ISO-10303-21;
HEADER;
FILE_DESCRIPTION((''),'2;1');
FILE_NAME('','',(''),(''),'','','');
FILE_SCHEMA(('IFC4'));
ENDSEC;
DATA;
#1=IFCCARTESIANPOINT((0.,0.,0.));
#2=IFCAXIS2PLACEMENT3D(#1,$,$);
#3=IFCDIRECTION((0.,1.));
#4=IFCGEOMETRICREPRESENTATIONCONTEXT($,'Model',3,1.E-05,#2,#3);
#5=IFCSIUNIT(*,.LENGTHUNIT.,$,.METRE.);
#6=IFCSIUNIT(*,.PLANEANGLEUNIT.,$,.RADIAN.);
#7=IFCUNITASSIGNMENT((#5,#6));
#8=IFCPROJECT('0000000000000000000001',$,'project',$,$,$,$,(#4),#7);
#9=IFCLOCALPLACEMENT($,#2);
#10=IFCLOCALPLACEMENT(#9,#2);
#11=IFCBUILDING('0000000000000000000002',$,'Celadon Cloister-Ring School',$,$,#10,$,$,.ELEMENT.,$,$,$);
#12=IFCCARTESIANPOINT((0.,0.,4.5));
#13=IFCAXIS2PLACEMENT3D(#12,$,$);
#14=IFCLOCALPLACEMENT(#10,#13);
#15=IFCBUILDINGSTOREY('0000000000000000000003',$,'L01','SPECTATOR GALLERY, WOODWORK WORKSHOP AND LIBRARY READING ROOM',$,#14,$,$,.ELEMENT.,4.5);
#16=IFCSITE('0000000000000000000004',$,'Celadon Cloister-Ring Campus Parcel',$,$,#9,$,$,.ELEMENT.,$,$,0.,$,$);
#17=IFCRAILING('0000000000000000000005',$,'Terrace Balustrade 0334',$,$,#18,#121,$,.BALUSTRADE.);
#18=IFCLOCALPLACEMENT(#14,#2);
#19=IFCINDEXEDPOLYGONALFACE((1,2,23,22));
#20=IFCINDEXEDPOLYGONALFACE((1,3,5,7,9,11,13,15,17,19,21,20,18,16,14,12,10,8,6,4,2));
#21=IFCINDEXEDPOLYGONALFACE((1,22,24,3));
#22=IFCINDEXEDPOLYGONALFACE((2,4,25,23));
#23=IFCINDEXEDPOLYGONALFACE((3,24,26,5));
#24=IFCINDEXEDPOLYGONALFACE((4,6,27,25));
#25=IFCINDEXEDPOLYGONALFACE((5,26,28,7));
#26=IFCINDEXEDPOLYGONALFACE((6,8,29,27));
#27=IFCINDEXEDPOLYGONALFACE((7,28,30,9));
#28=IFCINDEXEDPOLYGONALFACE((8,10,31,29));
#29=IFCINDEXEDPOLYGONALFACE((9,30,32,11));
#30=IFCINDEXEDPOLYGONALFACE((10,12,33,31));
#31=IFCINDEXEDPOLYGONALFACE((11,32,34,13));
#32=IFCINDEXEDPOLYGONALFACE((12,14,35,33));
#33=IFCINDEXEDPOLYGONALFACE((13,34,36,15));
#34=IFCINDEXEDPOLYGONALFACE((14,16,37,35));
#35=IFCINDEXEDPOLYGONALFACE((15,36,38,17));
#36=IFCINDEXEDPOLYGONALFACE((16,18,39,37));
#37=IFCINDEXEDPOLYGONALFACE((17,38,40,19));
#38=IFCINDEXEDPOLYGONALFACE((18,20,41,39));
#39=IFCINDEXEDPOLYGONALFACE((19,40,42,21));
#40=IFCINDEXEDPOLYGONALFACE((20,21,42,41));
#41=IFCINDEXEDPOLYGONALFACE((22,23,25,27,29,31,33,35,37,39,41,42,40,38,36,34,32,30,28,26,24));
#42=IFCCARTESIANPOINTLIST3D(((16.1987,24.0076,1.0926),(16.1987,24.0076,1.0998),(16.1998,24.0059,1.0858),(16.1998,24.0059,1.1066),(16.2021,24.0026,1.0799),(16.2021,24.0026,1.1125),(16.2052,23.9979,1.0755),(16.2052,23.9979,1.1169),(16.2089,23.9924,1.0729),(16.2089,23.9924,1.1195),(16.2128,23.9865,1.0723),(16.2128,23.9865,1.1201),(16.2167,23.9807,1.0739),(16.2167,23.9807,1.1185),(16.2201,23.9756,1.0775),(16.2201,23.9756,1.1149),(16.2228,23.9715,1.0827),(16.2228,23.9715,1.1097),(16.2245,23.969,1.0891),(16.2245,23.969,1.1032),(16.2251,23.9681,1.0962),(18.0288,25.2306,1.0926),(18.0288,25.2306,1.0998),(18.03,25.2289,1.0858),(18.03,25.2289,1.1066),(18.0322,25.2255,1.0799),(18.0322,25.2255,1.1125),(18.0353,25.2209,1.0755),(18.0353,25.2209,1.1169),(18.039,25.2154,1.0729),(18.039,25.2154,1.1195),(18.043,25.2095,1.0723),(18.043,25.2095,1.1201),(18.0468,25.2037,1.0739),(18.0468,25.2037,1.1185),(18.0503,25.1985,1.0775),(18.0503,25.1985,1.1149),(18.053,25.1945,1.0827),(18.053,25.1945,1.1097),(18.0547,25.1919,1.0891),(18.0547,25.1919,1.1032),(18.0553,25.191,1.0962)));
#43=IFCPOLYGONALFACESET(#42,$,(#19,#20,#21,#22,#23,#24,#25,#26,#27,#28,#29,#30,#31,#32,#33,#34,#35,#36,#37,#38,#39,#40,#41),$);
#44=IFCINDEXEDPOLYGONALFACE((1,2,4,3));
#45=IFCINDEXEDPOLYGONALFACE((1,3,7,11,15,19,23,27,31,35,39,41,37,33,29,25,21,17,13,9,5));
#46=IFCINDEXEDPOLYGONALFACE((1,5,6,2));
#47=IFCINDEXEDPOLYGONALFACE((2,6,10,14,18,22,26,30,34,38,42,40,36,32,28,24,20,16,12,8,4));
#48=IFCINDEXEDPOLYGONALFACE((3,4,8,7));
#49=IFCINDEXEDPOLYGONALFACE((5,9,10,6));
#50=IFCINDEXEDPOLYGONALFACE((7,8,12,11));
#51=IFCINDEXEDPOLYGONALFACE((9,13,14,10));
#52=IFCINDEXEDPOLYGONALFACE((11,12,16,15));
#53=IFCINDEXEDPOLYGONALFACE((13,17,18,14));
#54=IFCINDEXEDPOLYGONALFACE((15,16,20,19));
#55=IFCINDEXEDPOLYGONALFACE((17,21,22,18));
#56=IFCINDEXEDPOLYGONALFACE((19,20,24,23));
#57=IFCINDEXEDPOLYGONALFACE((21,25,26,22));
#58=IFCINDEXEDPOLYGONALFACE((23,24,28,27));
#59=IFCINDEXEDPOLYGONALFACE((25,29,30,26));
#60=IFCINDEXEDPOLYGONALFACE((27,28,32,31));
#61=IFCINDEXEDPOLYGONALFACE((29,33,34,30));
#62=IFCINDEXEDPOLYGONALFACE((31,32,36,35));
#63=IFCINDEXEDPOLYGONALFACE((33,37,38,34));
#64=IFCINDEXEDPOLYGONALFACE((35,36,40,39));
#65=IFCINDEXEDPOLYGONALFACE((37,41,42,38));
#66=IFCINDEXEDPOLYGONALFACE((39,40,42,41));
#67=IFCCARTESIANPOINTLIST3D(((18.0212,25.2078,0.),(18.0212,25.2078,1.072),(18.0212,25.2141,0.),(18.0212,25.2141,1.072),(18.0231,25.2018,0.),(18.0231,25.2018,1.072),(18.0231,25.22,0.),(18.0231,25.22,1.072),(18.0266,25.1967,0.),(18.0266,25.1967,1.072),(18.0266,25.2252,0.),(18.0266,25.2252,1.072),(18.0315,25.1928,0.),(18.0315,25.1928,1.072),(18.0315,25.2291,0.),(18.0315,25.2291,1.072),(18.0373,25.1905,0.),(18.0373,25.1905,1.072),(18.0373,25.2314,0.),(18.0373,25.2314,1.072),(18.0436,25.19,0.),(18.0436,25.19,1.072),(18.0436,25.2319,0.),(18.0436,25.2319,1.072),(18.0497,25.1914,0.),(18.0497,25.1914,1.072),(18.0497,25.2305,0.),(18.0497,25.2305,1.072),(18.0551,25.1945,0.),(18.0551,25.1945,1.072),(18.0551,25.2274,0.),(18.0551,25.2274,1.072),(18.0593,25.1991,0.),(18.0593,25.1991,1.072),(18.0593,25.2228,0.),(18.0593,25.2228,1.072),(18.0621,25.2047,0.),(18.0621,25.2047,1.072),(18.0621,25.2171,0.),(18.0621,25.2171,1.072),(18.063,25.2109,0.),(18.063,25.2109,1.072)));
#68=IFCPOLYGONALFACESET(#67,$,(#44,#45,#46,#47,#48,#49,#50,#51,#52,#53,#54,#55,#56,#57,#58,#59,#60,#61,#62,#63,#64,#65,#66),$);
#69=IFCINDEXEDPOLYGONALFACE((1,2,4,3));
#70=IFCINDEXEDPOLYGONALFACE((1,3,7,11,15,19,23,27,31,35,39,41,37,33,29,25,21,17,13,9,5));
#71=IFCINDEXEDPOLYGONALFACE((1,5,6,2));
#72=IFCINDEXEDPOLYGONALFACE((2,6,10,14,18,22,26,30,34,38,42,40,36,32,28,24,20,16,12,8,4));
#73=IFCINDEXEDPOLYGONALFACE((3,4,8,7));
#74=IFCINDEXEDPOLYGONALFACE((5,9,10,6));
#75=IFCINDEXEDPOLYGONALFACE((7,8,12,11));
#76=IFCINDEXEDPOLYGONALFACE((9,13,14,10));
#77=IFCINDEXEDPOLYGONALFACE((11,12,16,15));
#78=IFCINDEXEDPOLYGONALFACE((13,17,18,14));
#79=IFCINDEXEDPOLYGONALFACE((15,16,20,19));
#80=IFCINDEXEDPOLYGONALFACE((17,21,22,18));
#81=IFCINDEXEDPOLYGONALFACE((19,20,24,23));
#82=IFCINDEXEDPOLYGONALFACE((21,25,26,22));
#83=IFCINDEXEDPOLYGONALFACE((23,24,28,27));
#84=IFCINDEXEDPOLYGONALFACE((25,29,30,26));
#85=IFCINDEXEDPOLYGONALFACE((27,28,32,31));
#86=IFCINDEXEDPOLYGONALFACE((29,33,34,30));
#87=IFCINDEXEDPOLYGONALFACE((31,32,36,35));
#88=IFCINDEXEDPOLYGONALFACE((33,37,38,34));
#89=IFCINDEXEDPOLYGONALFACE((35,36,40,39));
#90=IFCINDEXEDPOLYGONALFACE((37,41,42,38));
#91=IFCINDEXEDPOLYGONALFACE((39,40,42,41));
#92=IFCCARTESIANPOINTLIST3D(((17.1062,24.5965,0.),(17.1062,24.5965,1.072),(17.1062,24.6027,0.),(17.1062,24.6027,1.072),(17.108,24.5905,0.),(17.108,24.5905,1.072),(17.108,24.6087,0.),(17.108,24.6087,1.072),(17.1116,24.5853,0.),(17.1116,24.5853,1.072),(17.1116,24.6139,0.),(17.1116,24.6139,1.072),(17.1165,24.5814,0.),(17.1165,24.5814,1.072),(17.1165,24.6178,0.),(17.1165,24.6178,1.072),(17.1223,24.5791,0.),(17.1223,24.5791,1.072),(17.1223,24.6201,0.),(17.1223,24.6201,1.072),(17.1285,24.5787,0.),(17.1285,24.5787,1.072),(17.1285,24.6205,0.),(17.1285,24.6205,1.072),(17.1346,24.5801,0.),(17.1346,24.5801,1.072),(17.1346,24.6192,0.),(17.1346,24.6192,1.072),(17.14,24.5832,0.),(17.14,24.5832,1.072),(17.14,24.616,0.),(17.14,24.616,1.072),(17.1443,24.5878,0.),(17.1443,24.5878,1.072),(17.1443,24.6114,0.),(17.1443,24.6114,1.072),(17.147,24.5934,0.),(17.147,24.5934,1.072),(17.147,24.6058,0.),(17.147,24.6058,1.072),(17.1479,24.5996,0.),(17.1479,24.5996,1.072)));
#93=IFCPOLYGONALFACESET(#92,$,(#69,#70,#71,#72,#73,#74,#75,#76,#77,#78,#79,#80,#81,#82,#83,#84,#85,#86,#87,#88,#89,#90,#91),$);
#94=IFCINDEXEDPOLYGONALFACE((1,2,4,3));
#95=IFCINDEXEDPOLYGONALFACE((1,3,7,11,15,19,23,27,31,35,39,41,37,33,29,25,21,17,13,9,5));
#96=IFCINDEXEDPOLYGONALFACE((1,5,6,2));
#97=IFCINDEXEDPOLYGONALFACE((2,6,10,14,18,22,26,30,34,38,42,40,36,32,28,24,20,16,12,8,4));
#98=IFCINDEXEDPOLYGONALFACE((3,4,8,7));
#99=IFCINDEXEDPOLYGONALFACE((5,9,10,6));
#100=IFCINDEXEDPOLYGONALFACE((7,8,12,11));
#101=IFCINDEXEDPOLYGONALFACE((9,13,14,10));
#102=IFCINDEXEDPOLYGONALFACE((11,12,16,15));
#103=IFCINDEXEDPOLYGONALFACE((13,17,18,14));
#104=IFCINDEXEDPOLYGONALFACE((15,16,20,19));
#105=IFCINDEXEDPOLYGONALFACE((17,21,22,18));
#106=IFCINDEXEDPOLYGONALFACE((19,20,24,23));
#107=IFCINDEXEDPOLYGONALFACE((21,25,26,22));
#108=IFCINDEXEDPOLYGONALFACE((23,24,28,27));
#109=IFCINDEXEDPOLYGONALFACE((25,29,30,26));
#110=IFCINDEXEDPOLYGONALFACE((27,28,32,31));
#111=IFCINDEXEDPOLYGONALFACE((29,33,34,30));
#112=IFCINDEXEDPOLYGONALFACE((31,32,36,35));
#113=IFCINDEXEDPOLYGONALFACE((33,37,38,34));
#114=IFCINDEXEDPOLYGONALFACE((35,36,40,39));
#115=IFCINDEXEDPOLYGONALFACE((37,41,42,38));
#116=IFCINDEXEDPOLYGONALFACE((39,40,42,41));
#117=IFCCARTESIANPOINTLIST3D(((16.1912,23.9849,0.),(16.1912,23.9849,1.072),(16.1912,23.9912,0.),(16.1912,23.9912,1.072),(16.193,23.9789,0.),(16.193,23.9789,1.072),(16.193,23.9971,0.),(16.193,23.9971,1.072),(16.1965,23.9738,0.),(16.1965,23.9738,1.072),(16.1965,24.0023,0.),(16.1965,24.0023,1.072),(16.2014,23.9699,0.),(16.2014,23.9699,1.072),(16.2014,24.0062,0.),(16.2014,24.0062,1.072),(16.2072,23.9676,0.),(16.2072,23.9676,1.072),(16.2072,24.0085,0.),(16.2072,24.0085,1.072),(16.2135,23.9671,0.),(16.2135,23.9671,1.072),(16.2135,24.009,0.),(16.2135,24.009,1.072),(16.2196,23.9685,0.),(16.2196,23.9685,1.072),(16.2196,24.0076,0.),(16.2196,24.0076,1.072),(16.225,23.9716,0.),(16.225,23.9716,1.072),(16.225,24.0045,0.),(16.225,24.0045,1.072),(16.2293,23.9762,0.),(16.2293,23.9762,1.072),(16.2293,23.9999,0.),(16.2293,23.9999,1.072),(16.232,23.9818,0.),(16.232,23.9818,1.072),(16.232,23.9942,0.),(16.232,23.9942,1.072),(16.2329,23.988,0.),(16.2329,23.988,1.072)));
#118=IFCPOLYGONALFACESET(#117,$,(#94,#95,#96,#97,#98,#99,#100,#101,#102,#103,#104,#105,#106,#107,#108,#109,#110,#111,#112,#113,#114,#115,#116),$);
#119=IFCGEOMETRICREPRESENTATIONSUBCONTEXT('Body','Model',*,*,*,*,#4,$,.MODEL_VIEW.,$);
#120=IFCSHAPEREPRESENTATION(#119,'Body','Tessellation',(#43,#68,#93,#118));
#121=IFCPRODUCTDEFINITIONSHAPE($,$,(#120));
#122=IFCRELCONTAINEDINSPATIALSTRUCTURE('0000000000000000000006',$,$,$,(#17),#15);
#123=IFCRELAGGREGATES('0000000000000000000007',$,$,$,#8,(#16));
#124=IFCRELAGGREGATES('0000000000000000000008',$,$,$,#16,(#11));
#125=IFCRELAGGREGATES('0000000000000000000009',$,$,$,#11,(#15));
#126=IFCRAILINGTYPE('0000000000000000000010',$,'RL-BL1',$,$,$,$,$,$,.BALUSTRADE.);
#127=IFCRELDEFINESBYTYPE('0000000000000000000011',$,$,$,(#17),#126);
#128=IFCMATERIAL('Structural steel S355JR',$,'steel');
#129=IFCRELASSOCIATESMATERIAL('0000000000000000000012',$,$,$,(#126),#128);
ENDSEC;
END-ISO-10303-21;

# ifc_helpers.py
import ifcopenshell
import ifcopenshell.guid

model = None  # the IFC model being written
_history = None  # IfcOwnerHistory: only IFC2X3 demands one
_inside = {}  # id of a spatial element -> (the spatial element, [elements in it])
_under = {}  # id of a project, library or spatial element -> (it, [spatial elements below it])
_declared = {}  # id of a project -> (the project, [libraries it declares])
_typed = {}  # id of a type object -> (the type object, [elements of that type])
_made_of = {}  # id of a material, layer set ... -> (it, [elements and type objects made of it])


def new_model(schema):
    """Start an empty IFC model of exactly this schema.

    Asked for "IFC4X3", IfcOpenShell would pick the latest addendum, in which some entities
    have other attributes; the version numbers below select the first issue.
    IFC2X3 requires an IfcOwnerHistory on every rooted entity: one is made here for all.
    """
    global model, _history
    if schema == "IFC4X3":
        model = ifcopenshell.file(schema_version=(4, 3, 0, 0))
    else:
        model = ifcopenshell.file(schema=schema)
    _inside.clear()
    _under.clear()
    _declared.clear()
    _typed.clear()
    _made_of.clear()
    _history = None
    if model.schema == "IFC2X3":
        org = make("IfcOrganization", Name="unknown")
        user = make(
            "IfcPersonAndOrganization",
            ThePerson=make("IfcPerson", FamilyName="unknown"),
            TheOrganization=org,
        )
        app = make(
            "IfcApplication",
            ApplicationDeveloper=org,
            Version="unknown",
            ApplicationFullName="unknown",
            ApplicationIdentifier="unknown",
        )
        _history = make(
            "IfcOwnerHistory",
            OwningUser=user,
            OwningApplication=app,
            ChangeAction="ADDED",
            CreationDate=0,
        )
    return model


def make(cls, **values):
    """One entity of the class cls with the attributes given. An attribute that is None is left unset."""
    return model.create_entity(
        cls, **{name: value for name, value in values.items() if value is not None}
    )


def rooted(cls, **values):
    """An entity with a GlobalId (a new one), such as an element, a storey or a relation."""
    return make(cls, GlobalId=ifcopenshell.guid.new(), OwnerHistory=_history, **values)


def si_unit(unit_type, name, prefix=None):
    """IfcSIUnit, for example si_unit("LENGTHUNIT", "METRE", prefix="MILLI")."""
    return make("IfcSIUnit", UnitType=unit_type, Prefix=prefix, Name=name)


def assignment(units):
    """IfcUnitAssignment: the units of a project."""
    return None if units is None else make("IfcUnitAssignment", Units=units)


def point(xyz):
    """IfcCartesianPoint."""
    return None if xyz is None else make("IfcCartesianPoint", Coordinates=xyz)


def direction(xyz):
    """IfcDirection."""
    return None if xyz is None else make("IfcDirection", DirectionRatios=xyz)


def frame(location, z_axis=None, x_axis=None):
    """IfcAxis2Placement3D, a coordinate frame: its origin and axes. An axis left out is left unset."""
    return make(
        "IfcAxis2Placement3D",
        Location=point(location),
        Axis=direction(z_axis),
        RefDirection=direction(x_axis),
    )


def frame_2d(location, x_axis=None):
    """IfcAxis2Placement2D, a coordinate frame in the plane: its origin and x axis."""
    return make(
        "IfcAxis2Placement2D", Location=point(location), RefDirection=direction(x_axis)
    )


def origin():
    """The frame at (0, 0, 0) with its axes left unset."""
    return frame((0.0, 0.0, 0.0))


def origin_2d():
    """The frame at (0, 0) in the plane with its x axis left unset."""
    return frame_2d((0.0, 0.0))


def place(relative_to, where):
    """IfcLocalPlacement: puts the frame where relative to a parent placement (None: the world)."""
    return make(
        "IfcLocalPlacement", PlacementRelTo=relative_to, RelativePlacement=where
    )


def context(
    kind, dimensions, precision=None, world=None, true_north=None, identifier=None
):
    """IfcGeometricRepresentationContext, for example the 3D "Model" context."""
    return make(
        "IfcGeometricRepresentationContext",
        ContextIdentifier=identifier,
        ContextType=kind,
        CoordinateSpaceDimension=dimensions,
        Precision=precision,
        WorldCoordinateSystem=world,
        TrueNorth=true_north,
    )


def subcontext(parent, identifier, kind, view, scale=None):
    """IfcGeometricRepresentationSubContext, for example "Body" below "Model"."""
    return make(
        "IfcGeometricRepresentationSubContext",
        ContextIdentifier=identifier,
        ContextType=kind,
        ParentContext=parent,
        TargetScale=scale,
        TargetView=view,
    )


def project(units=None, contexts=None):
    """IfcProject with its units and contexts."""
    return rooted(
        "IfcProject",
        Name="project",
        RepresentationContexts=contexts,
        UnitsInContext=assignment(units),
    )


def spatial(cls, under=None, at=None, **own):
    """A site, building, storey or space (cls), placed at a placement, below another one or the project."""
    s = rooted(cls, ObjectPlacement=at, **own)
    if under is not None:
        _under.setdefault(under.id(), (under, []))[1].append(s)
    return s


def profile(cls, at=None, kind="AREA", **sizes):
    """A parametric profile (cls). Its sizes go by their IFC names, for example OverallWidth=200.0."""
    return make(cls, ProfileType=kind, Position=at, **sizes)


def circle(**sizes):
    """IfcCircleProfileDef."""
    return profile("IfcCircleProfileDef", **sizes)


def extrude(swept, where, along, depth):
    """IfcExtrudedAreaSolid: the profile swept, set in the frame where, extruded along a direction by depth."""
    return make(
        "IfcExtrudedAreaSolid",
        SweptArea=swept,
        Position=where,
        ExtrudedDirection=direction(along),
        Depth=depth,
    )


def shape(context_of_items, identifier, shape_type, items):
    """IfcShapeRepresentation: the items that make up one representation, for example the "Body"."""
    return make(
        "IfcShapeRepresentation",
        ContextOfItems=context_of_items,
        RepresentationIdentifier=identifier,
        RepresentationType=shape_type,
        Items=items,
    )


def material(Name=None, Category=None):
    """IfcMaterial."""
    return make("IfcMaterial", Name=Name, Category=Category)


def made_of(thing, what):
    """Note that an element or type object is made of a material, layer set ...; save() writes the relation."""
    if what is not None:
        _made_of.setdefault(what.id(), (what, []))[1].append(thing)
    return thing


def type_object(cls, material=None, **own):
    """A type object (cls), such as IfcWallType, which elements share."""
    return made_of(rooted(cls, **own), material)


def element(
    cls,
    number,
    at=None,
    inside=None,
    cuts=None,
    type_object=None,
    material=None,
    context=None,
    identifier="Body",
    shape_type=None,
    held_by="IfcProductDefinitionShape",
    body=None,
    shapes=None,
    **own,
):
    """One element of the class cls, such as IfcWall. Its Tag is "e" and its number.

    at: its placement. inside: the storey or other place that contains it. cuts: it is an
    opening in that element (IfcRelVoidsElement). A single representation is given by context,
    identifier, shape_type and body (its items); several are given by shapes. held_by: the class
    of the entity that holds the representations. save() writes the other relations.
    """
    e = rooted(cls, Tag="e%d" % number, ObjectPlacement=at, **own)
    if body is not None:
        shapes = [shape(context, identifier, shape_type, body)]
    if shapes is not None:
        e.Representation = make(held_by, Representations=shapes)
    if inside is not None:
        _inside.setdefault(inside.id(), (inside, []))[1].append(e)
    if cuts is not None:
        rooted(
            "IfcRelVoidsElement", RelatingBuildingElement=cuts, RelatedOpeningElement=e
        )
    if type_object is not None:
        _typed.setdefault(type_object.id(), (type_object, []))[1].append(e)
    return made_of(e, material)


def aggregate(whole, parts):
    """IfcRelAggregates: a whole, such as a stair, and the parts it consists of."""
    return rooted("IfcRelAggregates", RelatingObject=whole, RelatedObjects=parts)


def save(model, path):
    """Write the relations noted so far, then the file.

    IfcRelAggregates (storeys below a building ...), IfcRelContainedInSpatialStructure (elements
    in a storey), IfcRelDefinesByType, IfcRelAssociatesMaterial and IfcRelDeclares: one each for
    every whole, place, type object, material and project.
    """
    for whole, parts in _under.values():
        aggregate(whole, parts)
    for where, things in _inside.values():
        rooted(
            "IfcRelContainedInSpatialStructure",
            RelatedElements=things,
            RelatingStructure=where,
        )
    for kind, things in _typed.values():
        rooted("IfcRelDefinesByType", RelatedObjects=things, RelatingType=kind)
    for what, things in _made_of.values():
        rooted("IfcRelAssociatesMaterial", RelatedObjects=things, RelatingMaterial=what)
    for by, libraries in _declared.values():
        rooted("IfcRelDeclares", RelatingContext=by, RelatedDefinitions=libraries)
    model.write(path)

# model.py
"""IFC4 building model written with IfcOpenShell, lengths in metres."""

from ifc_helpers import new_model, si_unit, direction, frame, origin, origin_2d, place, context, subcontext, project, spatial, circle, extrude, material, type_object, element, save


model = new_model("IFC4")

# Units and contexts
model_context = context("Model", 3, precision=1e-05, world=origin(), true_north=direction((0.0, 1.0)))
body_context = subcontext(model_context, "Body", "Model", "MODEL_VIEW")
ifc_project = project(units=[si_unit("LENGTHUNIT", "METRE"), si_unit("PLANEANGLEUNIT", "RADIAN")], contexts=[model_context])

# Site, building, storey
site_placement = place(None, origin())
site = spatial("IfcSite", under=ifc_project, at=site_placement, Name="Celadon Cloister-Ring Campus Parcel", CompositionType="ELEMENT", RefElevation=0.0)
building_placement = place(site_placement, origin())
building = spatial("IfcBuilding", under=site, at=building_placement, Name="Celadon Cloister-Ring School", CompositionType="ELEMENT")
storey_placement = place(building_placement, frame((0.0, 0.0, 4.5)))
storey = spatial("IfcBuildingStorey", under=building, at=storey_placement, Name="L01", Description="SPECTATOR GALLERY, WOODWORK WORKSHOP AND LIBRARY READING ROOM", CompositionType="ELEMENT", Elevation=4.5)

# Railing
ifc_material_1 = material(Name="Structural steel S355JR", Category="steel")
railing_type = type_object("IfcRailingType", Name="RL-BL1", PredefinedType="BALUSTRADE", material=ifc_material_1)
railing_1_placement = place(storey_placement, frame((18.042, 25.2109, 0.0)))
element("IfcRailing", 1, at=railing_1_placement, inside=storey, type_object=railing_type, Name="Terrace Balustrade 0334", PredefinedType="BALUSTRADE", context=body_context, shape_type="SweptSolid", body=[
    extrude(circle(Radius=0.0239, at=origin_2d()), frame((0.0, 0.0, 1.0962), z_axis=(-0.831453, -0.555596, 0.0), x_axis=(0.555596, -0.831453, 0.0)), (0.0, 0.0, 1.0), 2.2012),
    extrude(circle(Radius=0.021, at=origin_2d()), origin(), (0.0, 0.0, 1.0), 1.072),
    extrude(circle(Radius=0.021, at=origin_2d()), frame((-0.915, -0.6113, 0.0)), (0.0, 0.0, 1.0), 1.072),
    extrude(circle(Radius=0.021, at=origin_2d()), frame((-1.8301, -1.2229, 0.0)), (0.0, 0.0, 1.0), 1.072),
])

save(model, "model.ifc")
